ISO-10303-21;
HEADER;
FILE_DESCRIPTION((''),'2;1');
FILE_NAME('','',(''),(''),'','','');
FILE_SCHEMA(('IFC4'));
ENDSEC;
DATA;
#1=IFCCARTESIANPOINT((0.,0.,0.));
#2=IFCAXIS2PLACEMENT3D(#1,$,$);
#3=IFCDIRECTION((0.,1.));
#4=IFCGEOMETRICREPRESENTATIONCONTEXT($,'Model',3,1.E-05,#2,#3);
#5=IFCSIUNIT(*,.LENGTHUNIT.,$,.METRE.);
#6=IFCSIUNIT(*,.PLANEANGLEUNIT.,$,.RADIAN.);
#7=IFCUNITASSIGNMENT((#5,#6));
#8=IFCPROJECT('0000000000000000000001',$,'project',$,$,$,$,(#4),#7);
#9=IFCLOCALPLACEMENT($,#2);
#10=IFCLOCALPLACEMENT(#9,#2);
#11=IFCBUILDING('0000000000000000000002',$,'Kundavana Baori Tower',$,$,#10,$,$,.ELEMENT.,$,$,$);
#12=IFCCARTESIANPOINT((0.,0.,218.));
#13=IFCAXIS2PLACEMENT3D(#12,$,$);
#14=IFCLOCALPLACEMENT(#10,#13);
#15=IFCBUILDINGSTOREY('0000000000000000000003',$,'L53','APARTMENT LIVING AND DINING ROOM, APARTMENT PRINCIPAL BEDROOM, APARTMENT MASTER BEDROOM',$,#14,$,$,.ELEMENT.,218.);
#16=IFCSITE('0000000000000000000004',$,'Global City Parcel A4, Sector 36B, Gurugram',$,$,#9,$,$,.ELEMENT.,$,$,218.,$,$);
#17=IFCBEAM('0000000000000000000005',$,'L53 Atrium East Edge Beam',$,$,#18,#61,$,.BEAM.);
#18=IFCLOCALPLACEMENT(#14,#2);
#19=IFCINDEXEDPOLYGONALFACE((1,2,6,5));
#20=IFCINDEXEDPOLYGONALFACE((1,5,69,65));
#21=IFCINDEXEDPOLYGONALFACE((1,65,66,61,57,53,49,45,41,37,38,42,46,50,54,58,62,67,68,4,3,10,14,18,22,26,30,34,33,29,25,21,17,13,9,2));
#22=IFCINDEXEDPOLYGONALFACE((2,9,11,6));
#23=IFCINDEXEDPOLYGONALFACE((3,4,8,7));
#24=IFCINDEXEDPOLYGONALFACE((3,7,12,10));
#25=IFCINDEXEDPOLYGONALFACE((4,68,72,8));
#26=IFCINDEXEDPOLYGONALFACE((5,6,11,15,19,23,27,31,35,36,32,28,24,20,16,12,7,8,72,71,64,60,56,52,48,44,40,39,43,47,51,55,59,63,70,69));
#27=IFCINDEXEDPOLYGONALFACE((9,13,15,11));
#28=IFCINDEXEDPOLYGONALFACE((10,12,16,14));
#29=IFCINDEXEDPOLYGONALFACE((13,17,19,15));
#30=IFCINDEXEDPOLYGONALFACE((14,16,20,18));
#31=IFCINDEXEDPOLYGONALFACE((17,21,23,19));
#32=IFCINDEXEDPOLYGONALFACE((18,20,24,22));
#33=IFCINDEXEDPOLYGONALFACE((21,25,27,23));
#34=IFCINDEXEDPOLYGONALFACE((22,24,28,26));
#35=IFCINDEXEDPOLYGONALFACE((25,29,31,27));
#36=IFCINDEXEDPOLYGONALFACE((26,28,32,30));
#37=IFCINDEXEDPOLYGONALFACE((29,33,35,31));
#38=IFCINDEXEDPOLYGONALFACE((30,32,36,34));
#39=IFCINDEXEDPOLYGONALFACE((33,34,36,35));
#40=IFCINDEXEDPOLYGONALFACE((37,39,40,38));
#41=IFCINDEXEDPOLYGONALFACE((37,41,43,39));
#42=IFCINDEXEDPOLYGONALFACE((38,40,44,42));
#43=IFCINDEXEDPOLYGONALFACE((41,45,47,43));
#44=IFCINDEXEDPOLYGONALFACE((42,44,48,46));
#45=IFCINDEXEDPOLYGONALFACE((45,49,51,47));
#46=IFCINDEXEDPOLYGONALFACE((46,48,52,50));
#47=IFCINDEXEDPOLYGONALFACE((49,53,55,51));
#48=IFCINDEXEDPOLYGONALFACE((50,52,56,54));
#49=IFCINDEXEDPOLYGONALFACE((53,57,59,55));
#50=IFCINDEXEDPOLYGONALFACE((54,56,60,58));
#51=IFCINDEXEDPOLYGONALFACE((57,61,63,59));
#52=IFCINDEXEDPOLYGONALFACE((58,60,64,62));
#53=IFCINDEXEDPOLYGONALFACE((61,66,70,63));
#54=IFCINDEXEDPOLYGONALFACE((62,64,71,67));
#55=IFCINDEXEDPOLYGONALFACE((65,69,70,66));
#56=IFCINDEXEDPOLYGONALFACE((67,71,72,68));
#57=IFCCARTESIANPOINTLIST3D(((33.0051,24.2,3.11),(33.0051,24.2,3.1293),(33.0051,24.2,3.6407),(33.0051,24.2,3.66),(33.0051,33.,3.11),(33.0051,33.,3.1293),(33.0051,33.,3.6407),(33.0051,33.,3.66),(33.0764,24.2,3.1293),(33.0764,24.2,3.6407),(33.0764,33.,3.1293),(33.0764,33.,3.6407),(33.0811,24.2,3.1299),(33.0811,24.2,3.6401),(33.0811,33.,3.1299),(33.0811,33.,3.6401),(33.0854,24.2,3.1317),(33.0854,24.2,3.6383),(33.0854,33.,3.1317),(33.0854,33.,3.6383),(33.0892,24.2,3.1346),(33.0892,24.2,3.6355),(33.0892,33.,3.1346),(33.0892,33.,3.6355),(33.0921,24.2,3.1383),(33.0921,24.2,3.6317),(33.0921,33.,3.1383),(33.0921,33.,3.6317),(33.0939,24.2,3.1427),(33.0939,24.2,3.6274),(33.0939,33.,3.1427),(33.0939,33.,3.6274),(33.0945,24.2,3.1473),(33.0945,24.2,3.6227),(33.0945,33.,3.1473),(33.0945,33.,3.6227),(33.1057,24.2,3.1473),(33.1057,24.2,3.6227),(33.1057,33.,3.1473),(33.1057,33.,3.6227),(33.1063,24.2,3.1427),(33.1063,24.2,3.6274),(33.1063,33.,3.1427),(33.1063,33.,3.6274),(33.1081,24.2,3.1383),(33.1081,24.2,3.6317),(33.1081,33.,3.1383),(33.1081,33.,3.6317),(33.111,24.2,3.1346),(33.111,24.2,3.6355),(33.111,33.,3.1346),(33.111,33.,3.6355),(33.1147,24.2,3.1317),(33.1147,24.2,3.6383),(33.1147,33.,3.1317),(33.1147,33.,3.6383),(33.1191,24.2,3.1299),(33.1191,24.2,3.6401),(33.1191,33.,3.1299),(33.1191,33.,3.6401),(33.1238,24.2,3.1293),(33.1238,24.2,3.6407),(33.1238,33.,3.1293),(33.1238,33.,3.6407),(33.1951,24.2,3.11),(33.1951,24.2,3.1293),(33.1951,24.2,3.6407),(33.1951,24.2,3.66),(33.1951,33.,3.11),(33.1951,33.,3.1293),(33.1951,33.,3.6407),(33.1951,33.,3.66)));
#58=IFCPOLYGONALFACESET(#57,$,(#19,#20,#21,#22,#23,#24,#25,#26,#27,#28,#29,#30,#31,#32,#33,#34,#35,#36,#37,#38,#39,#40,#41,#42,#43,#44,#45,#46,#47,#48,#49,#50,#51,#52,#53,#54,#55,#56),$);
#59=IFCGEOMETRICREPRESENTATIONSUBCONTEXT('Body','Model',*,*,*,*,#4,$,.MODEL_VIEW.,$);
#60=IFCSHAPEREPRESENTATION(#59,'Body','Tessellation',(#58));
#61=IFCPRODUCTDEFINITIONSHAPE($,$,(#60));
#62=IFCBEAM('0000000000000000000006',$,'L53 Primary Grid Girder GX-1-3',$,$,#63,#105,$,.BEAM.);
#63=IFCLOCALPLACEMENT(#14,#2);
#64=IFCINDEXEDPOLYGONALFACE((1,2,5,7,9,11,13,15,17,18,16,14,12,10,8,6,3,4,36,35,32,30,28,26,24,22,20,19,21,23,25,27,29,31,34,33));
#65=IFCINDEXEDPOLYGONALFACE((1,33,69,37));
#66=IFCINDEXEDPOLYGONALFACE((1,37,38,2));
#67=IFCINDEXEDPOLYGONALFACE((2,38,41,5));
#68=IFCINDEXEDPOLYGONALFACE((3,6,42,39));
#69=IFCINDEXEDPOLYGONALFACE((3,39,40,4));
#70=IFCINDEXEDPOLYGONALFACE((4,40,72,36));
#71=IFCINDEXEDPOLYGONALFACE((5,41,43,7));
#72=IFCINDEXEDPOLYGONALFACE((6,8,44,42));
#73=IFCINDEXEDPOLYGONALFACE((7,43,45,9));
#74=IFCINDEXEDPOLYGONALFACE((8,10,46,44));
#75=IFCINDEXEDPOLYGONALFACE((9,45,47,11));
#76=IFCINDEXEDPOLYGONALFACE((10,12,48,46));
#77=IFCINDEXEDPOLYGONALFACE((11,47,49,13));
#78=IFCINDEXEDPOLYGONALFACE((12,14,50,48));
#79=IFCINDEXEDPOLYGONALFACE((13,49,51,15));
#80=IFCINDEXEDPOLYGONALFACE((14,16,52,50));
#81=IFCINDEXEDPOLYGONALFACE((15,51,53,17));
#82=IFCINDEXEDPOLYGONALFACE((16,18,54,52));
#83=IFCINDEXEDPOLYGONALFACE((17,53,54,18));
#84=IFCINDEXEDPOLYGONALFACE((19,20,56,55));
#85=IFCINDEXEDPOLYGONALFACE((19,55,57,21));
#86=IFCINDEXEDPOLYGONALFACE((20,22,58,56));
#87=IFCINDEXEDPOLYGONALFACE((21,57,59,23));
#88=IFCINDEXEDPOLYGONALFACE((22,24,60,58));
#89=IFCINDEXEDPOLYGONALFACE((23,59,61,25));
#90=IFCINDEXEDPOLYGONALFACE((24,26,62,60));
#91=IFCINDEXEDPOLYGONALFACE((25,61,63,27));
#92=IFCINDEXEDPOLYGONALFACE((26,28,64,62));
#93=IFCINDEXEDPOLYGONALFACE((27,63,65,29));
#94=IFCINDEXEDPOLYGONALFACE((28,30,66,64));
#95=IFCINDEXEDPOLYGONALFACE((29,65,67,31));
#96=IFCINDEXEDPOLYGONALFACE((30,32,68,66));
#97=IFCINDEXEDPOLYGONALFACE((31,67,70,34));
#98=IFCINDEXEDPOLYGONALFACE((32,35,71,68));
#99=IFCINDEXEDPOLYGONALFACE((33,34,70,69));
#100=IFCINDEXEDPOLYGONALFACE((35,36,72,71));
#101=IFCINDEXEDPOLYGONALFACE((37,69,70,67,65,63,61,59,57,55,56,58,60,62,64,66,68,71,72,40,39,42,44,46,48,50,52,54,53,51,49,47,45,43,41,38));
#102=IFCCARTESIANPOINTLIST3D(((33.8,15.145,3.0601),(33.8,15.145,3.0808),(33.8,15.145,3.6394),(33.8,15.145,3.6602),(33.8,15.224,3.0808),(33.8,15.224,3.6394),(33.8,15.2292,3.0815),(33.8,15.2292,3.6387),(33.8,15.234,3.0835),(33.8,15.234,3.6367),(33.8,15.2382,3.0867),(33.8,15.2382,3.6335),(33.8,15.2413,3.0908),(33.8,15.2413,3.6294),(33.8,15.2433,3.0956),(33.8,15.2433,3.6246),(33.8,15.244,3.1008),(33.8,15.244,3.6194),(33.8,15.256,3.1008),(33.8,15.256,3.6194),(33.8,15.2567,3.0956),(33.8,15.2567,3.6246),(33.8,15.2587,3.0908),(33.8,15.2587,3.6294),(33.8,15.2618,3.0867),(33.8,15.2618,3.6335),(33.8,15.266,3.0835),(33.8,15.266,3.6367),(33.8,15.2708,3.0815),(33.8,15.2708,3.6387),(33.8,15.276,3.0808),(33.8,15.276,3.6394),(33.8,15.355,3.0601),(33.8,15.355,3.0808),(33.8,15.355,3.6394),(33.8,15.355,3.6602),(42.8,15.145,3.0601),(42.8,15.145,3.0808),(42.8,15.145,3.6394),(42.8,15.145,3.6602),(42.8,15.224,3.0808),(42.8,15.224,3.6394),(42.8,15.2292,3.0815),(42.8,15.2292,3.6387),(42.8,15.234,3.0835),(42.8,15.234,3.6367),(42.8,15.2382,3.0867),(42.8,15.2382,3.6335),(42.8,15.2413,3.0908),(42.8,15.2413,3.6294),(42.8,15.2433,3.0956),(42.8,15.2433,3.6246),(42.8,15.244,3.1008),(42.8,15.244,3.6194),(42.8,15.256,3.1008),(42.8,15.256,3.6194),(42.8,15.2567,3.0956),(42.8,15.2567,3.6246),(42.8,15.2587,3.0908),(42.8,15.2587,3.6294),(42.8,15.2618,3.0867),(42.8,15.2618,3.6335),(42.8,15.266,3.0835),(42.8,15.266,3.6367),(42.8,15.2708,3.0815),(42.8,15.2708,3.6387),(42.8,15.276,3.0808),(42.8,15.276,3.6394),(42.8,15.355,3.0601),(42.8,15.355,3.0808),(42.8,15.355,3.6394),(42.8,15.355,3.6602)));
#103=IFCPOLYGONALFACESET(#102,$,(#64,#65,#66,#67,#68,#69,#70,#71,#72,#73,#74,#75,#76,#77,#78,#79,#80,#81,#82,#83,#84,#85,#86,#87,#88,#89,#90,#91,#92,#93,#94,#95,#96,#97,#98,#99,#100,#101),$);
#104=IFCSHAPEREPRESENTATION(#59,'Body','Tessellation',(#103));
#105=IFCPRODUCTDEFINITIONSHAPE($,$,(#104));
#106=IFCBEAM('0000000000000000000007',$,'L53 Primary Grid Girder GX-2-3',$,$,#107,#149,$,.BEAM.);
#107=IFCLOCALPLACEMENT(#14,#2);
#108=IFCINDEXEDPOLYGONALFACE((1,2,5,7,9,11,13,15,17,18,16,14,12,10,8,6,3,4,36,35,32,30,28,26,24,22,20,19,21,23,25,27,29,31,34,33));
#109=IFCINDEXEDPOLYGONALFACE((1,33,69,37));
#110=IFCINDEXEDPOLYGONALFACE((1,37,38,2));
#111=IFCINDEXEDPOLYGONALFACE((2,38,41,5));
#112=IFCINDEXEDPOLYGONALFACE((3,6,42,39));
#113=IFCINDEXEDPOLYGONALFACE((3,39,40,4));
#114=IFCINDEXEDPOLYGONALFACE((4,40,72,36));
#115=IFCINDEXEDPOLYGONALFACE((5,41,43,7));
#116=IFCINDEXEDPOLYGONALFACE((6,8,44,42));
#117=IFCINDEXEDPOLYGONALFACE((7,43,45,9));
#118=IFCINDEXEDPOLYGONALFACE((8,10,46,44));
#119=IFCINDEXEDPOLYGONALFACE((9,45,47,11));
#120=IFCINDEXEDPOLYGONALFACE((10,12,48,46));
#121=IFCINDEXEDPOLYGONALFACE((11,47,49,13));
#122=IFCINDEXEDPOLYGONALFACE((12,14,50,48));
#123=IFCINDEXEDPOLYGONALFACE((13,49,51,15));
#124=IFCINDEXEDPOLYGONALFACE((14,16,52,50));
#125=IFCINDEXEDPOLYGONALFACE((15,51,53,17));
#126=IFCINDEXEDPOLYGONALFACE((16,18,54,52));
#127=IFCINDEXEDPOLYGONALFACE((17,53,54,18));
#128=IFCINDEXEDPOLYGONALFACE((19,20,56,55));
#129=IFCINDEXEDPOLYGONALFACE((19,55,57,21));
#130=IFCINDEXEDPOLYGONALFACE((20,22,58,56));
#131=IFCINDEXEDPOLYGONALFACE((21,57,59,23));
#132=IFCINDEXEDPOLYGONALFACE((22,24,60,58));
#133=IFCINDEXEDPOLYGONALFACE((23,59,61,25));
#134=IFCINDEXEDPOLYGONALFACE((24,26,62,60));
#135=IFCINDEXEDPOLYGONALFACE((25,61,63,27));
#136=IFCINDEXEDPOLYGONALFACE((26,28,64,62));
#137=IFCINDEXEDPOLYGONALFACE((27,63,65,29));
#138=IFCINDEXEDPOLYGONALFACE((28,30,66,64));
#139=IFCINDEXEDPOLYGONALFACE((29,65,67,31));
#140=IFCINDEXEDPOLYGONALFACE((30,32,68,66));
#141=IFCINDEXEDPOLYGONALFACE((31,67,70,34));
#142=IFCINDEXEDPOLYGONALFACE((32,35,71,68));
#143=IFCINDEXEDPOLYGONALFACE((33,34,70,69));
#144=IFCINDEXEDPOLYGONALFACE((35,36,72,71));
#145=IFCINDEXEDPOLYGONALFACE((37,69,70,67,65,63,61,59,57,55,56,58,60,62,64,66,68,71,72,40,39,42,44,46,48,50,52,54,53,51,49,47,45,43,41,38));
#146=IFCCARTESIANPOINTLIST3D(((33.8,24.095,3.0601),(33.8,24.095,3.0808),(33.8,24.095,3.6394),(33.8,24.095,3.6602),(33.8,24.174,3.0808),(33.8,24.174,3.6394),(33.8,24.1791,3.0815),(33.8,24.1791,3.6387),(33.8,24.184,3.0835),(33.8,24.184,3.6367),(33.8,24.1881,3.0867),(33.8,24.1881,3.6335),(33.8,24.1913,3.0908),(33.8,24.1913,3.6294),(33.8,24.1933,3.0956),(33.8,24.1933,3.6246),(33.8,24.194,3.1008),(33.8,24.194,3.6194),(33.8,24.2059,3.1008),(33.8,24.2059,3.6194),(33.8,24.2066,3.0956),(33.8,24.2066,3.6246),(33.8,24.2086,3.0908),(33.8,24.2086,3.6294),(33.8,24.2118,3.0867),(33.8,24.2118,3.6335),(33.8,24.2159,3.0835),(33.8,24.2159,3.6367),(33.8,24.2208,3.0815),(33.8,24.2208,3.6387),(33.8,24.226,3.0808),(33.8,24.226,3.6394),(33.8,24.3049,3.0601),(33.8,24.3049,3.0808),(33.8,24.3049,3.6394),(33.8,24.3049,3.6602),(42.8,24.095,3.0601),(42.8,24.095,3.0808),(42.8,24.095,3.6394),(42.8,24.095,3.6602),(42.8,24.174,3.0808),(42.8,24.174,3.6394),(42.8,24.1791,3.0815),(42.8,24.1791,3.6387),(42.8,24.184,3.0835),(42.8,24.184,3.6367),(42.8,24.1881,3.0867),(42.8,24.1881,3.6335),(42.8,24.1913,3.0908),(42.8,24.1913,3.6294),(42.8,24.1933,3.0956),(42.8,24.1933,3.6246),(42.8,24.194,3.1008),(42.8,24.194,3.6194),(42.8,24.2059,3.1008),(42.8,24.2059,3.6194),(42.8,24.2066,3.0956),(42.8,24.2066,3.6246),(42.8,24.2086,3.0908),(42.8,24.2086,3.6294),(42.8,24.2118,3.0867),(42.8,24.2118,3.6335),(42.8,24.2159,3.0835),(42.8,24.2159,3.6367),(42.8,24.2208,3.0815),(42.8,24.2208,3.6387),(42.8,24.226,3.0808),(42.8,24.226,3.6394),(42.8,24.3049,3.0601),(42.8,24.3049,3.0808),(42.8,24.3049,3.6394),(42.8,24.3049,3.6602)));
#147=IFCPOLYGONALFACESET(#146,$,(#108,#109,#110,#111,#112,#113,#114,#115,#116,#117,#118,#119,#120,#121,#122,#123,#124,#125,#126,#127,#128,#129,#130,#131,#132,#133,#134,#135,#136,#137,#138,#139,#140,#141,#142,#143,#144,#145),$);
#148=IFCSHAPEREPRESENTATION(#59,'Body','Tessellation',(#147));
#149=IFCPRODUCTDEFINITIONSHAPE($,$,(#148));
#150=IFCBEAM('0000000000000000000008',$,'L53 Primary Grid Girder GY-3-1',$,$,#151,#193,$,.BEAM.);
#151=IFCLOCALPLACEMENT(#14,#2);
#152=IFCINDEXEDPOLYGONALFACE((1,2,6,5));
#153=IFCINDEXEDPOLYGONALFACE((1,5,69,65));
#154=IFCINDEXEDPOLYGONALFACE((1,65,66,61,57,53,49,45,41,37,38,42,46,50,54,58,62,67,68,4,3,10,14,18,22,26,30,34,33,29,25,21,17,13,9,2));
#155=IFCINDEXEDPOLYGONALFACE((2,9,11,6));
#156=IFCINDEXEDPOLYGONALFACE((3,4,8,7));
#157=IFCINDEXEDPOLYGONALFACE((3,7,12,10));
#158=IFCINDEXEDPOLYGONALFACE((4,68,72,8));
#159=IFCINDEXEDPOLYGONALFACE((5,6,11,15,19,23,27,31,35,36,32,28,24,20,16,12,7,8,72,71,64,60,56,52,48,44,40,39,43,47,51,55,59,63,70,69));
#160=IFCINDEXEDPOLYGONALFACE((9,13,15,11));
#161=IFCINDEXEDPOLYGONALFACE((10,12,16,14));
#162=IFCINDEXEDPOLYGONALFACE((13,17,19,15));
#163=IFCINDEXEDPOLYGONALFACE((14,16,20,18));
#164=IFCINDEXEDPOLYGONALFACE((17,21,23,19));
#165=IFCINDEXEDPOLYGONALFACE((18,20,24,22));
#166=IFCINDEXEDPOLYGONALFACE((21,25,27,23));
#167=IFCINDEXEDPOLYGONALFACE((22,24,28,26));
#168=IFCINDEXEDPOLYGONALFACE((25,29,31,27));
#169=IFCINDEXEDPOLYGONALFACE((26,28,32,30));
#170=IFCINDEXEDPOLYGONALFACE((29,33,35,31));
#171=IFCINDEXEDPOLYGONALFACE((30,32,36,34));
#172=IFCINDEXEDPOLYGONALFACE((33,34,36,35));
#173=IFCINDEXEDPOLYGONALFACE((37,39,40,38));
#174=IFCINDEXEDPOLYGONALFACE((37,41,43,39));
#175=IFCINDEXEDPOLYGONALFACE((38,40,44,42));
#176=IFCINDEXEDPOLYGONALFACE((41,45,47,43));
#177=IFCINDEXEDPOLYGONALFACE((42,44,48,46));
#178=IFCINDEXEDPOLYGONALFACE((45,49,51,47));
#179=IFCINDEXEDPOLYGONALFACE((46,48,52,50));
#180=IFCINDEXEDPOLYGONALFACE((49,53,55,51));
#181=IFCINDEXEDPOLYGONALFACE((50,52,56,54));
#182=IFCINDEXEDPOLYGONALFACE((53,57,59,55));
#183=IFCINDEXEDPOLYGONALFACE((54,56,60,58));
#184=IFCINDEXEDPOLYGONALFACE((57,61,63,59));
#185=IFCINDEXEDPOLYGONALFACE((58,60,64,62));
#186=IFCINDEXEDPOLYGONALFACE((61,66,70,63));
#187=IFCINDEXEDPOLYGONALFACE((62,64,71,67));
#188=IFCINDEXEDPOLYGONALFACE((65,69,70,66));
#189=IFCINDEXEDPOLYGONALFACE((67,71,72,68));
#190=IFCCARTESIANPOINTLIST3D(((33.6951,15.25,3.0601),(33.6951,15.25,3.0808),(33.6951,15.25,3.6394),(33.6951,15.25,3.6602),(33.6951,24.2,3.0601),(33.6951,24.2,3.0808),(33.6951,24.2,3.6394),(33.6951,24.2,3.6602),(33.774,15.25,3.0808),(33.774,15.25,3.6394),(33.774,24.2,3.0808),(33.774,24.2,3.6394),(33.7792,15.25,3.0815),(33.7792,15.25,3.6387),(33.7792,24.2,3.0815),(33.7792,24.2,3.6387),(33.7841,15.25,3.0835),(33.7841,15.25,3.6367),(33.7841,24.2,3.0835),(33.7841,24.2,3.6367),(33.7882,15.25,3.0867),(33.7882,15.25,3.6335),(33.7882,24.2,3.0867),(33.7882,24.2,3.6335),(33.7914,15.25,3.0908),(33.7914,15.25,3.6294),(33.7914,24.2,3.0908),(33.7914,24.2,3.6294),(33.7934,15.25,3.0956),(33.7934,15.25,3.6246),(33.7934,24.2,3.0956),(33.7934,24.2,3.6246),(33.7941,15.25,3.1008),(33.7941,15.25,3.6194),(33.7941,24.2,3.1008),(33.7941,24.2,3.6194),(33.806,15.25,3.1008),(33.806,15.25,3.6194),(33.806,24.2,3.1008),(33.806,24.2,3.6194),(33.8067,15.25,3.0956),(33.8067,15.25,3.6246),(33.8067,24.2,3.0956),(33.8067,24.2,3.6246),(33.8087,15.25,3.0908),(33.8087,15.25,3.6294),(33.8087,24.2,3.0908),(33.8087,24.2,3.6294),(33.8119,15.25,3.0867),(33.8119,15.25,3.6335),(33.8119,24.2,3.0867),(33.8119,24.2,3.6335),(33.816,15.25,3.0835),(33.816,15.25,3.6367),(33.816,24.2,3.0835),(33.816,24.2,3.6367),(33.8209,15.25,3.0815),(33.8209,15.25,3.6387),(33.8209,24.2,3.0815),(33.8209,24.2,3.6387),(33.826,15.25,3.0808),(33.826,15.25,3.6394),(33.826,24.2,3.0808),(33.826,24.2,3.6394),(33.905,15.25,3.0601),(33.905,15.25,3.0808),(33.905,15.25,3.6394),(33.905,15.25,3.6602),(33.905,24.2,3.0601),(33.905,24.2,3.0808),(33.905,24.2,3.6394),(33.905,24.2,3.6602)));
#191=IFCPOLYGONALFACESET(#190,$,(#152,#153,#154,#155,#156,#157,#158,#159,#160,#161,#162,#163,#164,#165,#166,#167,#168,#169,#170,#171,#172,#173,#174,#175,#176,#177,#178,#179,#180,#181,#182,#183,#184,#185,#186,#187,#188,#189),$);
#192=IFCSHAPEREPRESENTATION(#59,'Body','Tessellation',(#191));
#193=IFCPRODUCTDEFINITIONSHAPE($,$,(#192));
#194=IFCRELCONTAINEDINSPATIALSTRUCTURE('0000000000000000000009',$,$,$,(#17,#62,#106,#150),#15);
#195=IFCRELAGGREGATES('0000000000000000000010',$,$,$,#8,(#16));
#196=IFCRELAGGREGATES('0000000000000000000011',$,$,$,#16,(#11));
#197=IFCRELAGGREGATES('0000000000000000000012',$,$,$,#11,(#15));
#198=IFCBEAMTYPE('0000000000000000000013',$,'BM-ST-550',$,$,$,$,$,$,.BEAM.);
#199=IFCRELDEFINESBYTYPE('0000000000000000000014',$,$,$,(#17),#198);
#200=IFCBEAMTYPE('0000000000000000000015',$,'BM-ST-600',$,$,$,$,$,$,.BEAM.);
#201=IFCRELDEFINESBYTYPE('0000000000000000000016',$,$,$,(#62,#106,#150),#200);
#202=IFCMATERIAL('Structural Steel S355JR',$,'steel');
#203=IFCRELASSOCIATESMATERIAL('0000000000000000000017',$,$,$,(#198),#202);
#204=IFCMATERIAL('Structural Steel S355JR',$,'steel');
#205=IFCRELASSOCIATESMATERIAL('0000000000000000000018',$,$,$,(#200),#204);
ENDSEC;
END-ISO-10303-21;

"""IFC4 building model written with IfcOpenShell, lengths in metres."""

from ifc_helpers import new_model, si_unit, direction, frame, origin, origin_2d, place, context, subcontext, project, spatial, i_section, extrude, material, material_profile, profile_set, type_object, element, save


model = new_model("IFC4")

# Units and contexts
model_context = context("Model", 3, precision=1e-05, world=origin(), true_north=direction((0.0, 1.0)))
body_context = subcontext(model_context, "Body", "Model", "MODEL_VIEW")
ifc_project = project(units=[si_unit("LENGTHUNIT", "METRE"), si_unit("PLANEANGLEUNIT", "RADIAN")], contexts=[model_context])

# Site, building, storey
site_placement = place(None, origin())
site = spatial("IfcSite", under=ifc_project, at=site_placement, Name="Global City Parcel A4, Sector 36B, Gurugram", CompositionType="ELEMENT", RefElevation=218.0)
building_placement = place(site_placement, origin())
building = spatial("IfcBuilding", under=site, at=building_placement, Name="Kundavana Baori Tower", CompositionType="ELEMENT")
storey_placement = place(building_placement, frame((0.0, 0.0, 218.0)))
storey = spatial("IfcBuildingStorey", under=building, at=storey_placement, Name="L53", Description="APARTMENT LIVING AND DINING ROOM, APARTMENT PRINCIPAL BEDROOM, APARTMENT MASTER BEDROOM", CompositionType="ELEMENT", Elevation=218.0)

# Beams
ifc_material_1 = material(Name="Structural Steel S355JR", Category="steel")
ifc_material_profile_1 = material_profile(ifc_material_1, i_section(OverallWidth=0.1899, OverallDepth=0.55, WebThickness=0.0112, FlangeThickness=0.0193, FilletRadius=0.0181, at=origin_2d()), Name="ISMB 550")
ifc_profile_set_1 = profile_set([ifc_material_profile_1], Name="Structural Steel S355JR")
beam_type_1 = type_object("IfcBeamType", Name="BM-ST-550", PredefinedType="BEAM", material=ifc_profile_set_1)
for number, where, z_axis, x_axis, name in (
    (1, (33.1001, 24.2, 3.385), (0.0, 1.0, 0.0), (-1.0, 0.0, 0.0), "L53 Atrium East Edge Beam"),
):
    element("IfcBeam", number, at=place(storey_placement, frame(where, z_axis=z_axis, x_axis=x_axis)), inside=storey, type_object=beam_type_1, Name=name, PredefinedType="BEAM", context=body_context, shape_type="SweptSolid", body=[
        extrude(i_section(OverallWidth=0.1899, OverallDepth=0.55, WebThickness=0.0112, FlangeThickness=0.0193, FilletRadius=0.0181, at=origin_2d()), origin(), (0.0, 0.0, 1.0), 8.8),
    ])
ifc_material_2 = material(Name="Structural Steel S355JR", Category="steel")
ifc_material_profile_2 = material_profile(ifc_material_2, i_section(OverallWidth=0.21, OverallDepth=0.6001, WebThickness=0.012, FlangeThickness=0.0208, FilletRadius=0.02, at=origin_2d()), Name="ISMB 600")
ifc_profile_set_2 = profile_set([ifc_material_profile_2], Name="Structural Steel S355JR")
beam_type_2 = type_object("IfcBeamType", Name="BM-ST-600", PredefinedType="BEAM", material=ifc_profile_set_2)
for number, where, z_axis, x_axis, name in (
    (2, (33.8, 15.25, 3.3601), (1.0, 0.0, 0.0), (0.0, 1.0, 0.0), "L53 Primary Grid Girder GX-1-3"),
    (3, (33.8, 24.2, 3.3601), (1.0, 0.0, 0.0), (0.0, 1.0, 0.0), "L53 Primary Grid Girder GX-2-3"),
):
    element("IfcBeam", number, at=place(storey_placement, frame(where, z_axis=z_axis, x_axis=x_axis)), inside=storey, type_object=beam_type_2, Name=name, PredefinedType="BEAM", context=body_context, shape_type="SweptSolid", body=[
        extrude(i_section(OverallWidth=0.21, OverallDepth=0.6001, WebThickness=0.012, FlangeThickness=0.0208, FilletRadius=0.02, at=origin_2d()), origin(), (0.0, 0.0, 1.0), 9.0),
    ])
beam_1_placement = place(storey_placement, frame((33.8, 15.25, 3.3601), z_axis=(0.0, 1.0, 0.0), x_axis=(-1.0, 0.0, 0.0)))
element("IfcBeam", 4, at=beam_1_placement, inside=storey, type_object=beam_type_2, Name="L53 Primary Grid Girder GY-3-1", PredefinedType="BEAM", context=body_context, shape_type="SweptSolid", body=[
    extrude(i_section(OverallWidth=0.21, OverallDepth=0.6001, WebThickness=0.012, FlangeThickness=0.0208, FilletRadius=0.02, at=origin_2d()), origin(), (0.0, 0.0, 1.0), 8.95),
])

save(model, "model.ifc")
